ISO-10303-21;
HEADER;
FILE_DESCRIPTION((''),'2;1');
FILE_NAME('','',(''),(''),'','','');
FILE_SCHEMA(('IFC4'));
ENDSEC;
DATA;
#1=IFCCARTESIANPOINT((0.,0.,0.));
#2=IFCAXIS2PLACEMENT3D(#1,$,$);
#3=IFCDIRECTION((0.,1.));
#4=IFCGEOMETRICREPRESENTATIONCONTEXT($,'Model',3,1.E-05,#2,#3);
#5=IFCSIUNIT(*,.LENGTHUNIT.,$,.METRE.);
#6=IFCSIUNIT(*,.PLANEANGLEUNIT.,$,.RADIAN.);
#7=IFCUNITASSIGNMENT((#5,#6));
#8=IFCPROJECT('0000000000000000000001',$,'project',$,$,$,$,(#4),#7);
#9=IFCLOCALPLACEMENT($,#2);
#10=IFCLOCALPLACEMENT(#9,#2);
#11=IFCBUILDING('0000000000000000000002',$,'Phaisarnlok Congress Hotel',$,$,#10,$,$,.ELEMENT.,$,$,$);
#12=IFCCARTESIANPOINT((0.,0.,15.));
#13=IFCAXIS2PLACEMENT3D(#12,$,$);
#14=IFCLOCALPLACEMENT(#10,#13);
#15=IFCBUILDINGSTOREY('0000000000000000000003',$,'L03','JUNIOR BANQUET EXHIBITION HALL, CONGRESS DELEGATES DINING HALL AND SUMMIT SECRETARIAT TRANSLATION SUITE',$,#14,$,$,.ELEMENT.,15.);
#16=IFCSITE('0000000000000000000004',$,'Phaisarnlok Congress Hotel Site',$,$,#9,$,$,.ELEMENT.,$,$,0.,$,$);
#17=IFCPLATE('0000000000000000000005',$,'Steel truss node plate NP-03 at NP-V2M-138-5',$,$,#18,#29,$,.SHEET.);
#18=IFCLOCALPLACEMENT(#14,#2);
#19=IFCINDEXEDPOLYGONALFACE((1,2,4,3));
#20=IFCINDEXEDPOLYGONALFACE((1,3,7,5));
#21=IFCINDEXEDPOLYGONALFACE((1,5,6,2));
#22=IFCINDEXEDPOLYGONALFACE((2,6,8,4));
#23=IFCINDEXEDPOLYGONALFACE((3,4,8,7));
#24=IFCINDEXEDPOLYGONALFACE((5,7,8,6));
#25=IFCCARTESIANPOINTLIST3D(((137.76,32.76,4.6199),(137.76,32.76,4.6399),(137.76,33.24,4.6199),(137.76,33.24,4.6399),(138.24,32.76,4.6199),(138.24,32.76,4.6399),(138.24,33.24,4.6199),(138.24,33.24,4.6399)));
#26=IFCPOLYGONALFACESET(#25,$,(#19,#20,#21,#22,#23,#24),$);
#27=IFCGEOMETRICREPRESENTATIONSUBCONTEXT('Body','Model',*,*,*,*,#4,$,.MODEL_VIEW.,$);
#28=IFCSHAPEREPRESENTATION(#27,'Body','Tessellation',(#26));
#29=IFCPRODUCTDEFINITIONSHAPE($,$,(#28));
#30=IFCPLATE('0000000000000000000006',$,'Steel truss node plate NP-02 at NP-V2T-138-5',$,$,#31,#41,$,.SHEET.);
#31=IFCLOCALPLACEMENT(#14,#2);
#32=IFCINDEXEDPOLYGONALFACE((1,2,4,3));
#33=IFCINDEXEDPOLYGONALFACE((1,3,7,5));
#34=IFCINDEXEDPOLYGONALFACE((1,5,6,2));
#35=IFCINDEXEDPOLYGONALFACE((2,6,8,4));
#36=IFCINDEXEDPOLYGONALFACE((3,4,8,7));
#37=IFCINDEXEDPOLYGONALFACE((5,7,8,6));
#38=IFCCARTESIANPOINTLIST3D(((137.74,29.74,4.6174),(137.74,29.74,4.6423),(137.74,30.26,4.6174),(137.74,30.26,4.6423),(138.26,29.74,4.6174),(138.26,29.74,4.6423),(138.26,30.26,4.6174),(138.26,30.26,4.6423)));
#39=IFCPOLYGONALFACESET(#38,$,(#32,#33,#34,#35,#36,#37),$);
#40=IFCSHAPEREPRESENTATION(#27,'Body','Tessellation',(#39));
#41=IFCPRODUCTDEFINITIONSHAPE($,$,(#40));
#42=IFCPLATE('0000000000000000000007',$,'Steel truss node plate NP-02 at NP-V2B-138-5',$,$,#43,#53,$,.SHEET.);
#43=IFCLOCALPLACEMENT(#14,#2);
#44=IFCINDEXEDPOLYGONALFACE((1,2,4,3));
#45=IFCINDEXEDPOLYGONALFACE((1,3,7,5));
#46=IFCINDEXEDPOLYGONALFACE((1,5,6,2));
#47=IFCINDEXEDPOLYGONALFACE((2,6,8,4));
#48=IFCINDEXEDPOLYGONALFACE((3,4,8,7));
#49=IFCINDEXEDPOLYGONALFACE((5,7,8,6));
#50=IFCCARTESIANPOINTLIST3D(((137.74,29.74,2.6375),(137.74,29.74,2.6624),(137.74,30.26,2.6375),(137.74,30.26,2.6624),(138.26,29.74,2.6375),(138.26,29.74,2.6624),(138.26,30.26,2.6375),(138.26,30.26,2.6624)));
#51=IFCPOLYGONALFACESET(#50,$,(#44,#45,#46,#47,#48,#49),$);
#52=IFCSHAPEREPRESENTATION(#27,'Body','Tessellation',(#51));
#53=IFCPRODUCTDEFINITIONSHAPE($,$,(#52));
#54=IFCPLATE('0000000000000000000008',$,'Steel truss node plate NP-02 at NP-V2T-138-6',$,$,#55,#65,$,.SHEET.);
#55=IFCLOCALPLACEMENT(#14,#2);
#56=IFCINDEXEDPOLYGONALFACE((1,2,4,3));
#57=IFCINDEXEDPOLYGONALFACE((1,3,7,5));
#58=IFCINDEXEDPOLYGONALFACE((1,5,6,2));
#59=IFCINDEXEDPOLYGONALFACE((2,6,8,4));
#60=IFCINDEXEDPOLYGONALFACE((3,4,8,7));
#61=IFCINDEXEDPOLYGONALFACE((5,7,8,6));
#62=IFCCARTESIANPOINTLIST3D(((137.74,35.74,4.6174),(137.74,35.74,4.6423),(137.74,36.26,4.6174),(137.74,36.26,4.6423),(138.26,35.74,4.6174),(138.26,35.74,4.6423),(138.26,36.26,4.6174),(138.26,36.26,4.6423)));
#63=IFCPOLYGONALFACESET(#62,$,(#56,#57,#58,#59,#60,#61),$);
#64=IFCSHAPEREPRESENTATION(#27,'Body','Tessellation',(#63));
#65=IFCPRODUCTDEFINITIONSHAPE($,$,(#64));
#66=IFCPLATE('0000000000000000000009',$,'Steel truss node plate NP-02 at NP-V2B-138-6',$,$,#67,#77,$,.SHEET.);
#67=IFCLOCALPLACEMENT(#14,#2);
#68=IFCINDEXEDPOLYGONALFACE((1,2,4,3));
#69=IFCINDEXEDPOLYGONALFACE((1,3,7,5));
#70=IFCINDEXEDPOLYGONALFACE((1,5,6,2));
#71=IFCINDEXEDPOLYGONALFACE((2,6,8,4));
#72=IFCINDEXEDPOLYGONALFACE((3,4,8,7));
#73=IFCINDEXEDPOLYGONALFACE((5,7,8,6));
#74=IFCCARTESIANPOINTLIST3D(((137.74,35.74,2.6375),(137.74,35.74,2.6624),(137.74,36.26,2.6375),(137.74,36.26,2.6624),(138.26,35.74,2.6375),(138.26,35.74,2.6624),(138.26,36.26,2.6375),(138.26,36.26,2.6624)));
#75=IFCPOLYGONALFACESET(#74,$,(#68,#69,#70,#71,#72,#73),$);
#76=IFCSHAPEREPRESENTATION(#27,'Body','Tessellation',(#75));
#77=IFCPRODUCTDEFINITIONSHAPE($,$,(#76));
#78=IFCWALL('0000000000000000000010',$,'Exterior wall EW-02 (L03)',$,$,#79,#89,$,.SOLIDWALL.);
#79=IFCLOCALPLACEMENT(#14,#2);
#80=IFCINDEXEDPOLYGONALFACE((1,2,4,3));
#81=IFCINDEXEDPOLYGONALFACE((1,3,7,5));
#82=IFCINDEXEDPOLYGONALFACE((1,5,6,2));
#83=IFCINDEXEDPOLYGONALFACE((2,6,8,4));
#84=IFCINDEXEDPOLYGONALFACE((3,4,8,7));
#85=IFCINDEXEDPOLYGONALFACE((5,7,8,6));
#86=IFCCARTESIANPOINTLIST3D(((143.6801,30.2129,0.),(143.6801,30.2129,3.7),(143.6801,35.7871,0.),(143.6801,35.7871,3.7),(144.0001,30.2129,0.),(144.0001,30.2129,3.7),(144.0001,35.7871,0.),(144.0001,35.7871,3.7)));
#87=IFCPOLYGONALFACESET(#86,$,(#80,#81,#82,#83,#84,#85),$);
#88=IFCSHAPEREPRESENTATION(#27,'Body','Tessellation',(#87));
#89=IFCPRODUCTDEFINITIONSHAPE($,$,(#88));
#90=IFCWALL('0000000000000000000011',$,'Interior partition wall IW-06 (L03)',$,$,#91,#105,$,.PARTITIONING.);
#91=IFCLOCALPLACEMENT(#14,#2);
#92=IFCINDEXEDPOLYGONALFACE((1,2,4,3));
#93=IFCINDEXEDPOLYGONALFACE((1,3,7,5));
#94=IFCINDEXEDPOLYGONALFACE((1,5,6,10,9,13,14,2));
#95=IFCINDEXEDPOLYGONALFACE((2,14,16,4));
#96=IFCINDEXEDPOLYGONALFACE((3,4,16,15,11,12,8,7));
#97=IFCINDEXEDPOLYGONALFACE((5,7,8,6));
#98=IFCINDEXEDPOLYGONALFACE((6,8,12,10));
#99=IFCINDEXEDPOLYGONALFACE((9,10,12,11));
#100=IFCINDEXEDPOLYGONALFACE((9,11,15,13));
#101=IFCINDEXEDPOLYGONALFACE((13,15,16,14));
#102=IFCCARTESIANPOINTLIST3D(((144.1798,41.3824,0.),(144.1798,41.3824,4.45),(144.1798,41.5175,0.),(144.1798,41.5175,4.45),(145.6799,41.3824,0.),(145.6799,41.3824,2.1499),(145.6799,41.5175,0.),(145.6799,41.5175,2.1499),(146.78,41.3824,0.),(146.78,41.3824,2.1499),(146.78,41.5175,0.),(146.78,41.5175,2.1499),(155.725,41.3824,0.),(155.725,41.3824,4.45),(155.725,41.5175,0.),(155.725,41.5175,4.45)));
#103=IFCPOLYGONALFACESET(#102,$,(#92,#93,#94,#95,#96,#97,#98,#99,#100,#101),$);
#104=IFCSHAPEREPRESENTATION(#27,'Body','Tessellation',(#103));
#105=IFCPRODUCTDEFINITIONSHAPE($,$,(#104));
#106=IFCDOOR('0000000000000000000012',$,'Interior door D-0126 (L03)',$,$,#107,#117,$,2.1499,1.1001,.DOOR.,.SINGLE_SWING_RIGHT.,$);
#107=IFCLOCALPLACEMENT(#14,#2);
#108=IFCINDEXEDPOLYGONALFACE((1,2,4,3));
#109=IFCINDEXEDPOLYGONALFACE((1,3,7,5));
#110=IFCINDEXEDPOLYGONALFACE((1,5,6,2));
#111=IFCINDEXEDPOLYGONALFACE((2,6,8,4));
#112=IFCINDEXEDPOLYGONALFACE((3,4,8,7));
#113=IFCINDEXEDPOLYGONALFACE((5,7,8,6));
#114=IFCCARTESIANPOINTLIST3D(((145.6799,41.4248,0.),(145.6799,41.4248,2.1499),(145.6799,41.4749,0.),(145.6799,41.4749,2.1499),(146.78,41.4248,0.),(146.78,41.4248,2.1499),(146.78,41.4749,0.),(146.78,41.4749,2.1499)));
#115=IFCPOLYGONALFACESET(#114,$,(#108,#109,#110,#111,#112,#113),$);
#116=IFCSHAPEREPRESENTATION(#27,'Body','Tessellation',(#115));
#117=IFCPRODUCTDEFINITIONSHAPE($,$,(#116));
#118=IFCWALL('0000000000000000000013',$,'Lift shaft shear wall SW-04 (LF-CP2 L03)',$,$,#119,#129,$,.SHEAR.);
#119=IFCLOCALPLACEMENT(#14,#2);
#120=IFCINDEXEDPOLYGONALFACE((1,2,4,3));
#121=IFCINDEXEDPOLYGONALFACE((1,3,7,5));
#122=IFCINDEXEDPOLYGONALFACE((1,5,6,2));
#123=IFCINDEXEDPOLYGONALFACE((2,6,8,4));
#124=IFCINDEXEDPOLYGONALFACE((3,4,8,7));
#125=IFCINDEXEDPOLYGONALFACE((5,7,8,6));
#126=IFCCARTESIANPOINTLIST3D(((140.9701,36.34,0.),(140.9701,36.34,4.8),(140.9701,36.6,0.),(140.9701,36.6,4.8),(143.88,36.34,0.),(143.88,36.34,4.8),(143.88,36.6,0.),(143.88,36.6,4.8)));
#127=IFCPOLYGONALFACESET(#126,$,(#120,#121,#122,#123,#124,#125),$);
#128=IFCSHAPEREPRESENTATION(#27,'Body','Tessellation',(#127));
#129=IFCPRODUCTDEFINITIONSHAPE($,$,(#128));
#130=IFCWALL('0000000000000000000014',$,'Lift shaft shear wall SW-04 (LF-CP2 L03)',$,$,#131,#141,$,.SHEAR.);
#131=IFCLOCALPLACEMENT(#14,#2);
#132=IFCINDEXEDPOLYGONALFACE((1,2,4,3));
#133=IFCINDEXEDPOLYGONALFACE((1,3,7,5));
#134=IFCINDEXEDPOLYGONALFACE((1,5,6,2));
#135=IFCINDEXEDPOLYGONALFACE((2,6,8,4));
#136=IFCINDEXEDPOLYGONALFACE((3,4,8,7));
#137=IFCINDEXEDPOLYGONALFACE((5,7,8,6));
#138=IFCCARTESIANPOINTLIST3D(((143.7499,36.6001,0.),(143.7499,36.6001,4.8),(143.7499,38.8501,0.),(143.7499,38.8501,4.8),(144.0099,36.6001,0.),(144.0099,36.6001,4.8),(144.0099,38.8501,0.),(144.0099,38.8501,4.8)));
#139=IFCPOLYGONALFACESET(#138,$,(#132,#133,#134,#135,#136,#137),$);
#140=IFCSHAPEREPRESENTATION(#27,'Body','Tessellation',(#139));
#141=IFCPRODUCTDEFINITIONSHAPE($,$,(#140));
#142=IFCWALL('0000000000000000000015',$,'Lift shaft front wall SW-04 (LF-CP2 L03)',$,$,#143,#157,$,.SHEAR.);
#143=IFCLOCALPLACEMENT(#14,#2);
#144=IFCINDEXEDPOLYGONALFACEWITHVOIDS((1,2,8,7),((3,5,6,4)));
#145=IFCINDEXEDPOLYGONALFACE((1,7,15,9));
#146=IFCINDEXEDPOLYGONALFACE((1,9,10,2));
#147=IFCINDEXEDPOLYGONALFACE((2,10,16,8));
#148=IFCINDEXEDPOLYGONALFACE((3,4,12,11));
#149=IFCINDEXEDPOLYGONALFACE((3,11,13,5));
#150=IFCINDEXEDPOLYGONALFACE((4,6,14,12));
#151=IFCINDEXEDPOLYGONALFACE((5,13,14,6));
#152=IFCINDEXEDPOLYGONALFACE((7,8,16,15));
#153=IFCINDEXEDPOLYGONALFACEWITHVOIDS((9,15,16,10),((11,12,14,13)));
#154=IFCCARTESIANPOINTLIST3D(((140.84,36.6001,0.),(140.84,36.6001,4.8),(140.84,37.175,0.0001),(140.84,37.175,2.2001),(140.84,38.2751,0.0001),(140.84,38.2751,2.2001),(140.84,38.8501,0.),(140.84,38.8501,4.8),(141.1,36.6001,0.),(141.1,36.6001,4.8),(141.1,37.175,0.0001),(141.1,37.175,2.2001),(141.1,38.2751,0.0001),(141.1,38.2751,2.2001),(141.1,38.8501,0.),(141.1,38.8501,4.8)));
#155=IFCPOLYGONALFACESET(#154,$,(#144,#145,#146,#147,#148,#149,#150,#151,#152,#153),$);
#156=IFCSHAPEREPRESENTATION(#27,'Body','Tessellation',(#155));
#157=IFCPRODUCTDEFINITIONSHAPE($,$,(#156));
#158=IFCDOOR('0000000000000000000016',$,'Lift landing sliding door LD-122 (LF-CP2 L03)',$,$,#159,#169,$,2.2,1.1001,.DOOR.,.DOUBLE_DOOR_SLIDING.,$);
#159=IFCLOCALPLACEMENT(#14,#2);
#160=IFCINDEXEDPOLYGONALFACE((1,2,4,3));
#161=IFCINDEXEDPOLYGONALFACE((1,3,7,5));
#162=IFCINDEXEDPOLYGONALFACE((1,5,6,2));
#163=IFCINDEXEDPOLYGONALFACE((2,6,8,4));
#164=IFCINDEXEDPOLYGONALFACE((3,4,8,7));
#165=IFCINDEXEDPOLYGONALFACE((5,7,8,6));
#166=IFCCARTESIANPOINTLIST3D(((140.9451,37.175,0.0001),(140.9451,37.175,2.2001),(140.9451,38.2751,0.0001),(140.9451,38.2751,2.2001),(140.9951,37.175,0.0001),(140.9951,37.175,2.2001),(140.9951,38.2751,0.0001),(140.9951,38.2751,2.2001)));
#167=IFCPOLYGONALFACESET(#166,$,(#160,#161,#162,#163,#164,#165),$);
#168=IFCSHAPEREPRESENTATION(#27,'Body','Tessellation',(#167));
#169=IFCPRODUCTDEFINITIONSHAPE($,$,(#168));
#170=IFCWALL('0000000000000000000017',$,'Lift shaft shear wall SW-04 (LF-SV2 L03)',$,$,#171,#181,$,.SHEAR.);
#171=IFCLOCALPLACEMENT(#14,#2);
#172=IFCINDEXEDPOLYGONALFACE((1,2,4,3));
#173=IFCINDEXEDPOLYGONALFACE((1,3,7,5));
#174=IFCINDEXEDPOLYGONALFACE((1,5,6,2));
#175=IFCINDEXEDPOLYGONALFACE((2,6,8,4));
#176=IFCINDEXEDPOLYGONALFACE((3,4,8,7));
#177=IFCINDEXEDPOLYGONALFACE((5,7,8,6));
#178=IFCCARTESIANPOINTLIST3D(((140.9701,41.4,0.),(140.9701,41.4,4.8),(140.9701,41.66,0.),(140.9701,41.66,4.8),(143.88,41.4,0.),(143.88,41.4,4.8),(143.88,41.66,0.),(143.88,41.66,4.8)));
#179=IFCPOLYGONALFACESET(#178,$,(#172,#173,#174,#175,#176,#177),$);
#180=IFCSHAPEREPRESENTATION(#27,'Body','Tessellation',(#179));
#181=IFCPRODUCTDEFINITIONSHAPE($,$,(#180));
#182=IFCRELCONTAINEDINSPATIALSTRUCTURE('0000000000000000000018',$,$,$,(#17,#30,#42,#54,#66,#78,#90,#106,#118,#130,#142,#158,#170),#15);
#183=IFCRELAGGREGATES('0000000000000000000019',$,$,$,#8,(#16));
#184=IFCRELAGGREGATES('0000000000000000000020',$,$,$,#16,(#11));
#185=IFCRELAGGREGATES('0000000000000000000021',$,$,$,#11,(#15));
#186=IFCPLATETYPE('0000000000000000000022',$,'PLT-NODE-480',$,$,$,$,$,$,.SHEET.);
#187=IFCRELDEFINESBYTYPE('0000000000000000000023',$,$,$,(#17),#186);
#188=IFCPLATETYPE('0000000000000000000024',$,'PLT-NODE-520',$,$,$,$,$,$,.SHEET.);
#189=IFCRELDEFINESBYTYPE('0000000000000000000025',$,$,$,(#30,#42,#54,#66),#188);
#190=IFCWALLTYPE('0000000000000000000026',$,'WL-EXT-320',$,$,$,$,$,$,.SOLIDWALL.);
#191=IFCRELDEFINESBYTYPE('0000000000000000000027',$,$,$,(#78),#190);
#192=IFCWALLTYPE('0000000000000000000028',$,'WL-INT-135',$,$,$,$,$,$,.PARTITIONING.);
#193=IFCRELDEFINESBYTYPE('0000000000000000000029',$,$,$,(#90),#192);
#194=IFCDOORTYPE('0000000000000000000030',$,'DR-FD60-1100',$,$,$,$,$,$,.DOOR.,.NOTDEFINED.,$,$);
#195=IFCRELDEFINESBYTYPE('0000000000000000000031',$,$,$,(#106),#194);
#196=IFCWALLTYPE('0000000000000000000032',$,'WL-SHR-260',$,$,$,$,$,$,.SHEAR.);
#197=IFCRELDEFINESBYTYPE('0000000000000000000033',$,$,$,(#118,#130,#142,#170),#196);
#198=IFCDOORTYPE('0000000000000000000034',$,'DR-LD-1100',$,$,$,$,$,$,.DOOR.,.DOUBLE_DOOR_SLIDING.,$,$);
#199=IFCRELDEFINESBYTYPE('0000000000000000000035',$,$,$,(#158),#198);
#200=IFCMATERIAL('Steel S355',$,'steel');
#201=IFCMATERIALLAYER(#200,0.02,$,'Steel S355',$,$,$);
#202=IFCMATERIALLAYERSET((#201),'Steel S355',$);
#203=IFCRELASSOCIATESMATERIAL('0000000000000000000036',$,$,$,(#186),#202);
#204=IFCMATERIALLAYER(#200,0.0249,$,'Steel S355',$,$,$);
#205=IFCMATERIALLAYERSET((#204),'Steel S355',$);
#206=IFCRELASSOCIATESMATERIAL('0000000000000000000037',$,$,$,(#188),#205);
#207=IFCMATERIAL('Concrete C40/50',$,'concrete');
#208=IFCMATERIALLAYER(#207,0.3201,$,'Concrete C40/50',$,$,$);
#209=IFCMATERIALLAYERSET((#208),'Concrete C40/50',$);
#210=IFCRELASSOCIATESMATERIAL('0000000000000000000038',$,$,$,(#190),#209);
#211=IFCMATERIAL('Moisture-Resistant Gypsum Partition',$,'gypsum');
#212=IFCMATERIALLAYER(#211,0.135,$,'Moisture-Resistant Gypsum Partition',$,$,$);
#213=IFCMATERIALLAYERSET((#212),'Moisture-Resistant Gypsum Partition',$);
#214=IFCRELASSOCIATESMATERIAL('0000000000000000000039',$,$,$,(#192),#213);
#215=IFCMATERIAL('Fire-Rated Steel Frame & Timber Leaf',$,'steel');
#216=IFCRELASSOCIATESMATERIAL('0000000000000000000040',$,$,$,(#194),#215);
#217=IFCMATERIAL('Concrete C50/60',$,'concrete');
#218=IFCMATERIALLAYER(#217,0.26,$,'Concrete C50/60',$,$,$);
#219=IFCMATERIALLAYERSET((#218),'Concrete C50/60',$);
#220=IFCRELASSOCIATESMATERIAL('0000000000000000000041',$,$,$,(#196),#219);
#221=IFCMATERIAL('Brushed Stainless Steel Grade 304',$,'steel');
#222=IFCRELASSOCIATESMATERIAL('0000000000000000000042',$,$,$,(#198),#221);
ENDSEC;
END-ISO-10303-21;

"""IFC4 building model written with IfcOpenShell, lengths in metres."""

from ifc_helpers import new_model, si_unit, direction, frame, frame_2d, origin, origin_2d, place, context, subcontext, project, spatial, rectangle, extrude, material, layer, layer_set, type_object, element, fill, save


model = new_model("IFC4")

# Units and contexts
model_context = context("Model", 3, precision=1e-05, world=origin(), true_north=direction((0.0, 1.0)))
body_context = subcontext(model_context, "Body", "Model", "MODEL_VIEW")
ifc_project = project(units=[si_unit("LENGTHUNIT", "METRE"), si_unit("PLANEANGLEUNIT", "RADIAN")], contexts=[model_context])

# Site, building, storey
site_placement = place(None, origin())
site = spatial("IfcSite", under=ifc_project, at=site_placement, Name="Phaisarnlok Congress Hotel Site", CompositionType="ELEMENT", RefElevation=0.0)
building_placement = place(site_placement, origin())
building = spatial("IfcBuilding", under=site, at=building_placement, Name="Phaisarnlok Congress Hotel", CompositionType="ELEMENT")
storey_placement = place(building_placement, frame((0.0, 0.0, 15.0)))
storey = spatial("IfcBuildingStorey", under=building, at=storey_placement, Name="L03", Description="JUNIOR BANQUET EXHIBITION HALL, CONGRESS DELEGATES DINING HALL AND SUMMIT SECRETARIAT TRANSLATION SUITE", CompositionType="ELEMENT", Elevation=15.0)

# Shared definitions
ifc_material_1 = material(Name="Concrete C50/60", Category="concrete")
ifc_material_2 = material(Name="Steel S355", Category="steel")

# Shared definitions
ifc_material_3 = material(Name="Concrete C40/50", Category="concrete")

# Plates
ifc_layer_1 = layer(ifc_material_2, 0.02, Name="Steel S355")
ifc_layer_set_1 = layer_set([ifc_layer_1], Name="Steel S355")
plate_type_1 = type_object("IfcPlateType", Name="PLT-NODE-480", PredefinedType="SHEET", material=ifc_layer_set_1)
for number, where, z_axis, x_axis, name in (
    (1, (138.0, 33.0, 4.6199), (0.0, 0.0, 1.0), (1.0, 0.0, 0.0), "Steel truss node plate NP-03 at NP-V2M-138-5"),
):
    element("IfcPlate", number, at=place(storey_placement, frame(where, z_axis=z_axis, x_axis=x_axis)), inside=storey, type_object=plate_type_1, Name=name, PredefinedType="SHEET", context=body_context, shape_type="SweptSolid", body=[
        extrude(rectangle(XDim=0.48, YDim=0.48, at=origin_2d()), origin(), (0.0, 0.0, 1.0), 0.02),
    ])
ifc_layer_2 = layer(ifc_material_2, 0.0249, Name="Steel S355")
ifc_layer_set_2 = layer_set([ifc_layer_2], Name="Steel S355")
plate_type_2 = type_object("IfcPlateType", Name="PLT-NODE-520", PredefinedType="SHEET", material=ifc_layer_set_2)
for number, where, z_axis, x_axis, name in (
    (2, (138.0, 30.0, 4.6174), (0.0, 0.0, 1.0), (1.0, 0.0, 0.0), "Steel truss node plate NP-02 at NP-V2T-138-5"),
    (3, (138.0, 30.0, 2.6375), (0.0, 0.0, 1.0), (1.0, 0.0, 0.0), "Steel truss node plate NP-02 at NP-V2B-138-5"),
    (4, (138.0, 36.0, 4.6174), (0.0, 0.0, 1.0), (1.0, 0.0, 0.0), "Steel truss node plate NP-02 at NP-V2T-138-6"),
    (5, (138.0, 36.0, 2.6375), (0.0, 0.0, 1.0), (1.0, 0.0, 0.0), "Steel truss node plate NP-02 at NP-V2B-138-6"),
):
    element("IfcPlate", number, at=place(storey_placement, frame(where, z_axis=z_axis, x_axis=x_axis)), inside=storey, type_object=plate_type_2, Name=name, PredefinedType="SHEET", context=body_context, shape_type="SweptSolid", body=[
        extrude(rectangle(XDim=0.52, YDim=0.52, at=origin_2d()), origin(), (0.0, 0.0, 1.0), 0.0249),
    ])

# Wall
ifc_layer_3 = layer(ifc_material_3, 0.3201, Name="Concrete C40/50")
ifc_layer_set_3 = layer_set([ifc_layer_3], Name="Concrete C40/50")
wall_type_1 = type_object("IfcWallType", Name="WL-EXT-320", PredefinedType="SOLIDWALL", material=ifc_layer_set_3)
wall_1_placement = place(storey_placement, frame((143.8401, 30.2129, 0.0), z_axis=(0.0, 0.0, 1.0), x_axis=(0.0, 1.0, 0.0)))
element("IfcWall", 6, at=wall_1_placement, inside=storey, type_object=wall_type_1, Name="Exterior wall EW-02 (L03)", PredefinedType="SOLIDWALL", context=body_context, shape_type="SweptSolid", body=[
    extrude(rectangle(XDim=5.5742, YDim=0.3201, at=frame_2d((2.7871, 0.0))), origin(), (0.0, 0.0, 1.0), 3.7),
])

# Wall, opening, door
ifc_material_4 = material(Name="Moisture-Resistant Gypsum Partition", Category="gypsum")
ifc_layer_4 = layer(ifc_material_4, 0.135, Name="Moisture-Resistant Gypsum Partition")
ifc_layer_set_4 = layer_set([ifc_layer_4], Name="Moisture-Resistant Gypsum Partition")
wall_type_2 = type_object("IfcWallType", Name="WL-INT-135", PredefinedType="PARTITIONING", material=ifc_layer_set_4)
wall_2_placement = place(storey_placement, frame((144.1799, 41.45, 0.0), z_axis=(0.0, 0.0, 1.0), x_axis=(1.0, 0.0, 0.0)))
wall_2 = element("IfcWall", 7, at=wall_2_placement, inside=storey, type_object=wall_type_2, Name="Interior partition wall IW-06 (L03)", PredefinedType="PARTITIONING", context=body_context, shape_type="SweptSolid", body=[
    extrude(rectangle(XDim=11.5452, YDim=0.135, at=frame_2d((5.7725, 0.0))), origin(), (0.0, 0.0, 1.0), 4.45),
])
opening_1_placement = place(wall_2_placement, frame((1.5, 0.0, 0.0)))
opening_1 = element("IfcOpeningElement", 8, at=opening_1_placement, cuts=wall_2, PredefinedType="OPENING", context=body_context, shape_type="SweptSolid", body=[
    extrude(rectangle(XDim=1.1001, YDim=2.1499, at=frame_2d((0.55, 1.075))), frame((0.0, 0.0776, 0.0), z_axis=(0.0, -1.0, 0.0), x_axis=(1.0, 0.0, 0.0)), (0.0, 0.0, 1.0), 0.155),
])
ifc_material_5 = material(Name="Fire-Rated Steel Frame & Timber Leaf", Category="steel")
door_type_1 = type_object("IfcDoorType", Name="DR-FD60-1100", OperationType="NOTDEFINED", PredefinedType="DOOR", material=ifc_material_5)
door_1_placement = place(opening_1_placement, origin())
door_1 = element("IfcDoor", 9, at=door_1_placement, inside=storey, type_object=door_type_1, Name="Interior door D-0126 (L03)", OperationType="SINGLE_SWING_RIGHT", OverallHeight=2.1499, OverallWidth=1.1001, PredefinedType="DOOR", context=body_context, shape_type="SweptSolid", body=[
    extrude(rectangle(XDim=1.1001, YDim=2.1499, at=frame_2d((0.55, 1.075))), frame((0.0, 0.0249, 0.0), z_axis=(0.0, -1.0, 0.0), x_axis=(1.0, 0.0, 0.0)), (0.0, 0.0, 1.0), 0.05),
])
fill(opening_1, door_1)

# Walls
ifc_layer_5 = layer(ifc_material_1, 0.26, Name="Concrete C50/60")
ifc_layer_set_5 = layer_set([ifc_layer_5], Name="Concrete C50/60")
wall_type_3 = type_object("IfcWallType", Name="WL-SHR-260", PredefinedType="SHEAR", material=ifc_layer_set_5)
wall_3_placement = place(storey_placement, frame((140.97, 36.47, 0.0), z_axis=(0.0, 0.0, 1.0), x_axis=(1.0, 0.0, 0.0)))
element("IfcWall", 10, at=wall_3_placement, inside=storey, type_object=wall_type_3, Name="Lift shaft shear wall SW-04 (LF-CP2 L03)", PredefinedType="SHEAR", context=body_context, shape_type="SweptSolid", body=[
    extrude(rectangle(XDim=2.9099, YDim=0.26, at=frame_2d((1.4551, 0.0))), origin(), (0.0, 0.0, 1.0), 4.8),
])
wall_4_placement = place(storey_placement, frame((143.8799, 36.6001, 0.0), z_axis=(0.0, 0.0, 1.0), x_axis=(0.0, 1.0, 0.0)))
element("IfcWall", 11, at=wall_4_placement, inside=storey, type_object=wall_type_3, Name="Lift shaft shear wall SW-04 (LF-CP2 L03)", PredefinedType="SHEAR", context=body_context, shape_type="SweptSolid", body=[
    extrude(rectangle(XDim=2.25, YDim=0.26, at=frame_2d((1.125, 0.0))), origin(), (0.0, 0.0, 1.0), 4.8),
])

# Wall, opening, door
wall_5_placement = place(storey_placement, frame((140.97, 36.6001, 0.0), z_axis=(0.0, 0.0, 1.0), x_axis=(0.0, 1.0, 0.0)))
wall_5 = element("IfcWall", 12, at=wall_5_placement, inside=storey, type_object=wall_type_3, Name="Lift shaft front wall SW-04 (LF-CP2 L03)", PredefinedType="SHEAR", context=body_context, shape_type="SweptSolid", body=[
    extrude(rectangle(XDim=2.25, YDim=0.26, at=frame_2d((1.125, 0.0))), origin(), (0.0, 0.0, 1.0), 4.8),
])
opening_2_placement = place(wall_5_placement, frame((0.575, 0.0, 0.0)))
opening_2 = element("IfcOpeningElement", 13, at=opening_2_placement, cuts=wall_5, PredefinedType="OPENING", context=body_context, shape_type="SweptSolid", body=[
    extrude(rectangle(XDim=1.1001, YDim=2.2, at=frame_2d((0.55, 1.1001))), frame((0.0, 0.1401, 0.0), z_axis=(0.0, -1.0, 0.0), x_axis=(1.0, 0.0, 0.0)), (0.0, 0.0, 1.0), 0.28),
])
ifc_material_6 = material(Name="Brushed Stainless Steel Grade 304", Category="steel")
door_type_2 = type_object("IfcDoorType", Name="DR-LD-1100", OperationType="DOUBLE_DOOR_SLIDING", PredefinedType="DOOR", material=ifc_material_6)
door_2_placement = place(opening_2_placement, origin())
door_2 = element("IfcDoor", 14, at=door_2_placement, inside=storey, type_object=door_type_2, Name="Lift landing sliding door LD-122 (LF-CP2 L03)", OperationType="DOUBLE_DOOR_SLIDING", OverallHeight=2.2, OverallWidth=1.1001, PredefinedType="DOOR", context=body_context, shape_type="SweptSolid", body=[
    extrude(rectangle(XDim=1.1001, YDim=2.2, at=frame_2d((0.55, 1.1001))), frame((0.0, 0.0249, 0.0), z_axis=(0.0, -1.0, 0.0), x_axis=(1.0, 0.0, 0.0)), (0.0, 0.0, 1.0), 0.05),
])
fill(opening_2, door_2)

# Wall
wall_6_placement = place(storey_placement, frame((140.97, 41.53, 0.0), z_axis=(0.0, 0.0, 1.0), x_axis=(1.0, 0.0, 0.0)))
element("IfcWall", 15, at=wall_6_placement, inside=storey, type_object=wall_type_3, Name="Lift shaft shear wall SW-04 (LF-SV2 L03)", PredefinedType="SHEAR", context=body_context, shape_type="SweptSolid", body=[
    extrude(rectangle(XDim=2.9099, YDim=0.26, at=frame_2d((1.4551, 0.0))), origin(), (0.0, 0.0, 1.0), 4.8),
])

save(model, "model.ifc")
